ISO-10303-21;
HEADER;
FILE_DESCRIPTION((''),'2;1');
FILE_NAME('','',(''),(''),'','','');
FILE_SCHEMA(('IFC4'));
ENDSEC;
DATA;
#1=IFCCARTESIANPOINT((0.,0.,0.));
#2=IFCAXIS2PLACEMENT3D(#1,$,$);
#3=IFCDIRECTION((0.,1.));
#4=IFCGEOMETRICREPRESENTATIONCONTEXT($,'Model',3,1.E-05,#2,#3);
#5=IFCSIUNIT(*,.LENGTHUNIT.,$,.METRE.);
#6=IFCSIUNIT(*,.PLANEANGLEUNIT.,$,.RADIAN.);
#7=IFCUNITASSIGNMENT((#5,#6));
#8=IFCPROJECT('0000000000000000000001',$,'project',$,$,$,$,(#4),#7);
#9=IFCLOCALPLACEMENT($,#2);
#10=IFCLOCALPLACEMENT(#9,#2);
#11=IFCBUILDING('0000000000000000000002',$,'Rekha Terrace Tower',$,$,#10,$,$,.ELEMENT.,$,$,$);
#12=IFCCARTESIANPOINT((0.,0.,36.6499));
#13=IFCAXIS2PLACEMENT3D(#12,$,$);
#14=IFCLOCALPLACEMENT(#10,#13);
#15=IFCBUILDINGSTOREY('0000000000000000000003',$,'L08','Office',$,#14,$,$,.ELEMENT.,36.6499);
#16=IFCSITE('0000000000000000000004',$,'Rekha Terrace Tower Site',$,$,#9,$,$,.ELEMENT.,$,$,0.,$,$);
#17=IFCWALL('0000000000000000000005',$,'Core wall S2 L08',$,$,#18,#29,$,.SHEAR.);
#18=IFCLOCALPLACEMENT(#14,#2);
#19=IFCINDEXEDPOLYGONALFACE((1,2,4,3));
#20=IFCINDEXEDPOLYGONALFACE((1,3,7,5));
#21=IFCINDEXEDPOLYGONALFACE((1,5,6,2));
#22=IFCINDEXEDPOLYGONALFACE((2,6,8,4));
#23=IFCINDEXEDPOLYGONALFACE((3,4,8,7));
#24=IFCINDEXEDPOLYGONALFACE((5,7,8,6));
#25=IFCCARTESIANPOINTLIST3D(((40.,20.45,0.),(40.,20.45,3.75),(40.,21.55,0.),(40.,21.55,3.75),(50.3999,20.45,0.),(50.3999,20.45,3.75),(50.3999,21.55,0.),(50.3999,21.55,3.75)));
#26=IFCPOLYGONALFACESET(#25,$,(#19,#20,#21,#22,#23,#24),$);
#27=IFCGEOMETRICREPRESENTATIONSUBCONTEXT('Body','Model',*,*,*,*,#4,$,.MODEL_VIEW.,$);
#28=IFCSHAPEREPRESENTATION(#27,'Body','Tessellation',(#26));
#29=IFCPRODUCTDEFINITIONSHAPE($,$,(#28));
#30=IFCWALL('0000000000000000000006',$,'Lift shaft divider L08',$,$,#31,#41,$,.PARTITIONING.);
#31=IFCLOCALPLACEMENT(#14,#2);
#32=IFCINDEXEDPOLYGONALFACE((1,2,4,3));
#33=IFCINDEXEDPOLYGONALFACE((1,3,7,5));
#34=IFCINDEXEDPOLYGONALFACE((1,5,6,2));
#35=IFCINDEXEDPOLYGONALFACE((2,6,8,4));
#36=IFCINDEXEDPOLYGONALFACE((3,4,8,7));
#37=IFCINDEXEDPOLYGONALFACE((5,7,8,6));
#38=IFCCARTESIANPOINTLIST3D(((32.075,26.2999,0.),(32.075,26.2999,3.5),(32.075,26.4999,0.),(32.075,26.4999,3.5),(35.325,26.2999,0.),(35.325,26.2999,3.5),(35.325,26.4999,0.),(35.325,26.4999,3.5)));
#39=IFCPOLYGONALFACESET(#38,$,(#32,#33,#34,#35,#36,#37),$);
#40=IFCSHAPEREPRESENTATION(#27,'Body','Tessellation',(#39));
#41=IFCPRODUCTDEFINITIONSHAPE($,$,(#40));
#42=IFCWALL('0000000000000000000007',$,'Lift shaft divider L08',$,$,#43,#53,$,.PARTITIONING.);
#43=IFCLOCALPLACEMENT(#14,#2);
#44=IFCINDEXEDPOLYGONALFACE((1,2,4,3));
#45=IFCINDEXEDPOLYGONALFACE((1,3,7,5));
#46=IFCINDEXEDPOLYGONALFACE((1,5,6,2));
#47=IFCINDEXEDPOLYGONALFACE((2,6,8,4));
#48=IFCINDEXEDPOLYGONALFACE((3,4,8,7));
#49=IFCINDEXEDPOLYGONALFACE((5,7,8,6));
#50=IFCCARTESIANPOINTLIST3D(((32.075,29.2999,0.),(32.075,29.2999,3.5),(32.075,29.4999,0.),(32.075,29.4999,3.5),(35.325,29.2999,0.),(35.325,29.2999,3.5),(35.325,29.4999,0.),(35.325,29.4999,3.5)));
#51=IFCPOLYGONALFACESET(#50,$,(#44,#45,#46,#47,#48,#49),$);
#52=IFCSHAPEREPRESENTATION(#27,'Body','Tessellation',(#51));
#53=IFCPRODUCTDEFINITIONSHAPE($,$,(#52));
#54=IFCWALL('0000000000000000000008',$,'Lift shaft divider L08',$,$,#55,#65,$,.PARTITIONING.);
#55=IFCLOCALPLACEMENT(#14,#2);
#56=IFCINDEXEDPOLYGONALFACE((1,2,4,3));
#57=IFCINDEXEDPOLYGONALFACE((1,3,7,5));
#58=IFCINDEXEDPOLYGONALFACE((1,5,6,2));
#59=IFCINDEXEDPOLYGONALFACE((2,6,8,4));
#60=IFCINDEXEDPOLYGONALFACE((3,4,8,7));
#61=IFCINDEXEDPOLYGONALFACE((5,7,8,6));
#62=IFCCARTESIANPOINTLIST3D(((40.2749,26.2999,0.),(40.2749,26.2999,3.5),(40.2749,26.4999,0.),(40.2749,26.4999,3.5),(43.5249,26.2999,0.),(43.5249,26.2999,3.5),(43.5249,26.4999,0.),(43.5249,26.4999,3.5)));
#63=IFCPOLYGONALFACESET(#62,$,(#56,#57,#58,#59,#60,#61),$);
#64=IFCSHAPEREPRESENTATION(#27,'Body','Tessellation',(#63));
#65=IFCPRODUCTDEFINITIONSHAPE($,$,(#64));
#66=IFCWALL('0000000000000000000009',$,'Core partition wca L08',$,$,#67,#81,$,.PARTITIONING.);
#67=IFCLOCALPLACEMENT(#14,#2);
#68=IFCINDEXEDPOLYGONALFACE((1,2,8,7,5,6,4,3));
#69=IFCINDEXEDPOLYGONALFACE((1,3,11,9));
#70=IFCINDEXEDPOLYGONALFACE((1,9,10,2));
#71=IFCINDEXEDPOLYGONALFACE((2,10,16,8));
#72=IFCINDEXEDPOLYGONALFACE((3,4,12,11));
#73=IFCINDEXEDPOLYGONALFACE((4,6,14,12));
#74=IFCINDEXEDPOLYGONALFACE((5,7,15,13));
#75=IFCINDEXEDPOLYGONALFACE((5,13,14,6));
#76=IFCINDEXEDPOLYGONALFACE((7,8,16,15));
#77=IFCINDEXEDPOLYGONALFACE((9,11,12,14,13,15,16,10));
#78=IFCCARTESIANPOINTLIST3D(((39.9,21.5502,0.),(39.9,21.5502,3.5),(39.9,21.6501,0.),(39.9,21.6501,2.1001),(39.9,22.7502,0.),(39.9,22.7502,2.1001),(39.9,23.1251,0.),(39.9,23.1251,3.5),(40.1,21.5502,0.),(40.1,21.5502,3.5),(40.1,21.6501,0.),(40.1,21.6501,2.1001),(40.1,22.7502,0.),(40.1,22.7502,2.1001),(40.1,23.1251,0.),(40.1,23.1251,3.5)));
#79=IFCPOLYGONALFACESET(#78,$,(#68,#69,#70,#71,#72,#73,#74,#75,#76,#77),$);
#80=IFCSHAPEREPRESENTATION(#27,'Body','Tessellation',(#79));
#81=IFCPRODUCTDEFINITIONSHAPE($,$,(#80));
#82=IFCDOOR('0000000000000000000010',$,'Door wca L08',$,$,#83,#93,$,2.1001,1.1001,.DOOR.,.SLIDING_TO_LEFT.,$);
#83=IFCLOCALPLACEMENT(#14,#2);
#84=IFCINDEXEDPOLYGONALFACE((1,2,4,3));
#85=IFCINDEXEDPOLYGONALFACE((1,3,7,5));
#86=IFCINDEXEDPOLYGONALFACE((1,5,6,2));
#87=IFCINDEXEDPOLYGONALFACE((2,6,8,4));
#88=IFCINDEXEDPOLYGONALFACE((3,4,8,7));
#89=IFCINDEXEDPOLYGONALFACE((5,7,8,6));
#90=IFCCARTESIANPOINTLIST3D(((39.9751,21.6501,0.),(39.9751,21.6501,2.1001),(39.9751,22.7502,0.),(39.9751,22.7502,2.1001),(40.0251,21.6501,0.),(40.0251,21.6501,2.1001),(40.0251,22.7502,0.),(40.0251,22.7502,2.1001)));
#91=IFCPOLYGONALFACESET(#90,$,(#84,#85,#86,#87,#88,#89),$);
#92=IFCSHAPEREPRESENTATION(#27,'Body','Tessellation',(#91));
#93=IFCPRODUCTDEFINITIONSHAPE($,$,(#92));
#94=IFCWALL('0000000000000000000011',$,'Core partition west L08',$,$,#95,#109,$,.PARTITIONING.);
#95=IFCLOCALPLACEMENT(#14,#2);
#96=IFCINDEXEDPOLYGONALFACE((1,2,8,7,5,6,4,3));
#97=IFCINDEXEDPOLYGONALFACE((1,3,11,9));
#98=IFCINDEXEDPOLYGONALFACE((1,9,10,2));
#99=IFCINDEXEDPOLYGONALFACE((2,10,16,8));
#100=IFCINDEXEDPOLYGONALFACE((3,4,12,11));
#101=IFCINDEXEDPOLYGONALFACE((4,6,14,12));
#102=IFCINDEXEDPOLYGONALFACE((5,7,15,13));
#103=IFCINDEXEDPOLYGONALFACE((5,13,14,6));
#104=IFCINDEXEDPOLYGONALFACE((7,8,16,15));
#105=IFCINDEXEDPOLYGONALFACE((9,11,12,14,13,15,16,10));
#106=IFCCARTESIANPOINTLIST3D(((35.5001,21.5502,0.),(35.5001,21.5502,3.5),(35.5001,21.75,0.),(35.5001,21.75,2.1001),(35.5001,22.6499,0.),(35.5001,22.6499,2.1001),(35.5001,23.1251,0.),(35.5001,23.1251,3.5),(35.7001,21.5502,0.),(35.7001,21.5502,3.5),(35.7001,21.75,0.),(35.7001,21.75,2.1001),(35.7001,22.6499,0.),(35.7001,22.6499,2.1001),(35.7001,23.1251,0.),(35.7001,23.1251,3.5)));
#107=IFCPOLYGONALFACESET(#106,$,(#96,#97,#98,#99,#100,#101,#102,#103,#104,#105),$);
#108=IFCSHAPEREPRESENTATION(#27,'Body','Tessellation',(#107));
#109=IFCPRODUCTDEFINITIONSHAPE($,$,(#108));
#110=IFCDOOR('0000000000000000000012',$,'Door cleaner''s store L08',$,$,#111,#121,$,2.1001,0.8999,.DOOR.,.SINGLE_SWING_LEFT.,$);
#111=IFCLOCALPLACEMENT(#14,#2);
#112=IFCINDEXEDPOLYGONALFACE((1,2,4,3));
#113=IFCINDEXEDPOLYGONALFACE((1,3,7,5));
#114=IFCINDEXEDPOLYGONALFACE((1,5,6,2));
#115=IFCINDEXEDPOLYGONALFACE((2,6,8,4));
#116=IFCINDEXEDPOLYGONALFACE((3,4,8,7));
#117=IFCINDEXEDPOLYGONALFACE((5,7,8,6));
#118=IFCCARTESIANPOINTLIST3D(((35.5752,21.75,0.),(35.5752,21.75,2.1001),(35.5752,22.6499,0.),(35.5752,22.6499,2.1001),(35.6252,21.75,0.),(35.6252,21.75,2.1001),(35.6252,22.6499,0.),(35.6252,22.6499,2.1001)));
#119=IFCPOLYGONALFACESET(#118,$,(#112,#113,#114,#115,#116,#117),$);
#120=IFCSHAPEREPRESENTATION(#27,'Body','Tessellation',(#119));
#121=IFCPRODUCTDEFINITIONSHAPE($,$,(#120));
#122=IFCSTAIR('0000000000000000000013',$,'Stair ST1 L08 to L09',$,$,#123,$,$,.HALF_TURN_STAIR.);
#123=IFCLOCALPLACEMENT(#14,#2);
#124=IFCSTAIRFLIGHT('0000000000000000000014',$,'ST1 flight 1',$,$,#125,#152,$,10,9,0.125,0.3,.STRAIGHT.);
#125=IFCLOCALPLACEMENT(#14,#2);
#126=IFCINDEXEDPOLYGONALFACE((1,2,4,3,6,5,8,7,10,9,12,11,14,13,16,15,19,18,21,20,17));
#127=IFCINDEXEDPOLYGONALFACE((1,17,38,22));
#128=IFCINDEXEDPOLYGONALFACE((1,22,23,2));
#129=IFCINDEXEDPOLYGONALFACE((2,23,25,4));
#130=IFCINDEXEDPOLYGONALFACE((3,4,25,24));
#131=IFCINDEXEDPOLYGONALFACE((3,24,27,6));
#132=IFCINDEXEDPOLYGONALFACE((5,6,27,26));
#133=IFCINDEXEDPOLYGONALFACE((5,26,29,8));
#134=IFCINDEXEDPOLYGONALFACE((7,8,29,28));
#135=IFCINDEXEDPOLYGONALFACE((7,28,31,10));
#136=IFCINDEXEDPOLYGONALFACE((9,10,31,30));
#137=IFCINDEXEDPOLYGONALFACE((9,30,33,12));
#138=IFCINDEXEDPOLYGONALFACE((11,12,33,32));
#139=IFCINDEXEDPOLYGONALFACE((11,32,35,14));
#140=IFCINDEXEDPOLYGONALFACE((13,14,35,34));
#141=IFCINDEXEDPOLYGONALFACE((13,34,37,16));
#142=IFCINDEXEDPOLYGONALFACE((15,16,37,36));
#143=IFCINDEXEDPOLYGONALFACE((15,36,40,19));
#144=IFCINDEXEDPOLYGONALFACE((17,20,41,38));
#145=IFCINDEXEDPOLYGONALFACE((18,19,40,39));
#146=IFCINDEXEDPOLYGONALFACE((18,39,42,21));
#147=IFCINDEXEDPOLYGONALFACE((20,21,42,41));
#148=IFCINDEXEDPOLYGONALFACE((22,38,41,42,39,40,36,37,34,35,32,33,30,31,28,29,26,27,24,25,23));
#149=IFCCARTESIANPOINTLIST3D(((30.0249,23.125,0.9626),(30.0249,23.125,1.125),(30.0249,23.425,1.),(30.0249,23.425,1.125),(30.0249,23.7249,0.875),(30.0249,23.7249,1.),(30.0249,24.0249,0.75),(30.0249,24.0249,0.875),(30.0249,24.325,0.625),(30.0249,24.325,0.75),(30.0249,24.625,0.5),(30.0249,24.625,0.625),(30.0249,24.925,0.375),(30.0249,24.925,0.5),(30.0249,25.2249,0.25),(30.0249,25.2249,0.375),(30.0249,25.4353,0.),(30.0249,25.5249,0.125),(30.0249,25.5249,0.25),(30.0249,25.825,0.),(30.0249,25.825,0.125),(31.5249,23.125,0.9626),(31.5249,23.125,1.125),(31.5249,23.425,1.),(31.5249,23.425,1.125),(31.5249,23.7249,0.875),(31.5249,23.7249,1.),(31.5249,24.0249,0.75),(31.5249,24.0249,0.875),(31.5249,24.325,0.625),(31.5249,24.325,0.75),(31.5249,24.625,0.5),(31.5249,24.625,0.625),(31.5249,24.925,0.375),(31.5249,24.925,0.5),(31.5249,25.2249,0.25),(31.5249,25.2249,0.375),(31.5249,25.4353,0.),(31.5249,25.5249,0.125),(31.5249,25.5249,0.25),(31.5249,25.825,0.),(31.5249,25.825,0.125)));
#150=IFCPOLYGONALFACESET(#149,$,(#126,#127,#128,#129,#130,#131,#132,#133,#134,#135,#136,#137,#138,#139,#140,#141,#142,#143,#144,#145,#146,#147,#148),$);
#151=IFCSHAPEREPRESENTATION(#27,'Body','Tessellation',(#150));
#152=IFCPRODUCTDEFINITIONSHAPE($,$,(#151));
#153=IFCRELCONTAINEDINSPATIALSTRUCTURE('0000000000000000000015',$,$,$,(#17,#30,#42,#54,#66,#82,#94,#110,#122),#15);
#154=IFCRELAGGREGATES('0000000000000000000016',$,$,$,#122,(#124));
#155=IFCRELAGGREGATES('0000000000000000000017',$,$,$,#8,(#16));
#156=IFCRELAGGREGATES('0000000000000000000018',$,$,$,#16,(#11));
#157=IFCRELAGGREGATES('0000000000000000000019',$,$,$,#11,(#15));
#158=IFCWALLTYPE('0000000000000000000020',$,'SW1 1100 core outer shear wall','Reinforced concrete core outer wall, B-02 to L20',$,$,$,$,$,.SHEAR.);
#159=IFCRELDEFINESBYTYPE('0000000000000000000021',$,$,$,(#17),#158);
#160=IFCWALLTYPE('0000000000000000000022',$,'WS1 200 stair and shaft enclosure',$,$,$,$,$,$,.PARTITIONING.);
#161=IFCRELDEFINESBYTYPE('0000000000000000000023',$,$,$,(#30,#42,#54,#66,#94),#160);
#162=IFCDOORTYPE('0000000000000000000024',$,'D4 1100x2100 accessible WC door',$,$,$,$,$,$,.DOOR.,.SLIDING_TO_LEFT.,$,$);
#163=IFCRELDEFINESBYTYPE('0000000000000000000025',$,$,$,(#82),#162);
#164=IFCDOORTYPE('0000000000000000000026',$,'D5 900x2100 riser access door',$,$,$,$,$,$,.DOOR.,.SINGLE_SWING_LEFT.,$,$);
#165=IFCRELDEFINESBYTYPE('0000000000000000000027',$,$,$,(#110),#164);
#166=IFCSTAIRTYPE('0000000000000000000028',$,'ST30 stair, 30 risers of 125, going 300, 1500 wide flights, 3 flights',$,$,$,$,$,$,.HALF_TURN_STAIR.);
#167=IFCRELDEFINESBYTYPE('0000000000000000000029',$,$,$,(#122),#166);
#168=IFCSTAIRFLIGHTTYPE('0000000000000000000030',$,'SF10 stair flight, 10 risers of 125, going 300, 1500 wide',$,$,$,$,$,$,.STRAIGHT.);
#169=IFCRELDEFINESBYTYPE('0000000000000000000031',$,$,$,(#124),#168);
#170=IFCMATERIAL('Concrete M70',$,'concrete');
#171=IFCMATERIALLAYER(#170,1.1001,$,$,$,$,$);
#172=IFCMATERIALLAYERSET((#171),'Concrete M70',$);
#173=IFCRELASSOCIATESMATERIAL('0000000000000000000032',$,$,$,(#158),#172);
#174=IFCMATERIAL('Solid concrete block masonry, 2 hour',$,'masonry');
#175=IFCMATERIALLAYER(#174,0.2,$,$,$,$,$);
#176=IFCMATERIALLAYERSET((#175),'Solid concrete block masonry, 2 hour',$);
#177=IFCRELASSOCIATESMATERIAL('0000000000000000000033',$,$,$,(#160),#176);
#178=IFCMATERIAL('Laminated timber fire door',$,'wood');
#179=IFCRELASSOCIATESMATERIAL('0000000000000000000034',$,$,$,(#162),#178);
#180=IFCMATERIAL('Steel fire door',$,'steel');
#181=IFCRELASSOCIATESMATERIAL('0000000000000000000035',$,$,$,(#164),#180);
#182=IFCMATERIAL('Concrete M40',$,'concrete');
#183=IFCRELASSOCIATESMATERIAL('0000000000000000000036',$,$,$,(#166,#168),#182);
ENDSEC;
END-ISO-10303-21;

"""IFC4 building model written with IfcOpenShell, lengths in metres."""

from ifc_helpers import new_model, si_unit, direction, frame, frame_2d, origin, place, context, subcontext, project, spatial, polyline, rectangle, outline, extrude, material, layer, layer_set, type_object, element, fill, aggregate, save


model = new_model("IFC4")

# Units and contexts
model_context = context("Model", 3, precision=1e-05, world=origin(), true_north=direction((0.0, 1.0)))
body_context = subcontext(model_context, "Body", "Model", "MODEL_VIEW")
ifc_project = project(units=[si_unit("LENGTHUNIT", "METRE"), si_unit("PLANEANGLEUNIT", "RADIAN")], contexts=[model_context])

# Site, building, storey
site_placement = place(None, origin())
site = spatial("IfcSite", under=ifc_project, at=site_placement, Name="Rekha Terrace Tower Site", CompositionType="ELEMENT", RefElevation=0.0)
building_placement = place(site_placement, origin())
building = spatial("IfcBuilding", under=site, at=building_placement, Name="Rekha Terrace Tower", CompositionType="ELEMENT")
storey_placement = place(building_placement, frame((0.0, 0.0, 36.6499)))
storey = spatial("IfcBuildingStorey", under=building, at=storey_placement, Name="L08", Description="Office", CompositionType="ELEMENT", Elevation=36.6499)

# Shared definitions
ifc_material_1 = material(Name="Concrete M70", Category="concrete")

# Walls
ifc_layer_1 = layer(ifc_material_1, 1.1001)
ifc_layer_set_1 = layer_set([ifc_layer_1], Name="Concrete M70")
wall_type_1 = type_object("IfcWallType", Name="SW1 1100 core outer shear wall", Description="Reinforced concrete core outer wall, B-02 to L20", PredefinedType="SHEAR", material=ifc_layer_set_1)
wall_1_placement = place(storey_placement, frame((40.0, 21.0, 0.0), z_axis=(0.0, 0.0, 1.0), x_axis=(1.0, 0.0, 0.0)))
element("IfcWall", 1, at=wall_1_placement, inside=storey, type_object=wall_type_1, Name="Core wall S2 L08", PredefinedType="SHEAR", context=body_context, shape_type="SweptSolid", body=[
    extrude(rectangle(XDim=10.3999, YDim=1.1001, at=frame_2d((5.2, 0.0))), origin(), (0.0, 0.0, 1.0), 3.75),
])
ifc_material_2 = material(Name="Solid concrete block masonry, 2 hour", Category="masonry")
ifc_layer_2 = layer(ifc_material_2, 0.2)
ifc_layer_set_2 = layer_set([ifc_layer_2], Name="Solid concrete block masonry, 2 hour")
wall_type_2 = type_object("IfcWallType", Name="WS1 200 stair and shaft enclosure", PredefinedType="PARTITIONING", material=ifc_layer_set_2)
for number, where, z_axis, x_axis, name in (
    (2, (32.075, 26.3999, 0.0), (0.0, 0.0, 1.0), (1.0, 0.0, 0.0), "Lift shaft divider L08"),
    (3, (32.075, 29.3999, 0.0), (0.0, 0.0, 1.0), (1.0, 0.0, 0.0), "Lift shaft divider L08"),
    (4, (40.2749, 26.3999, 0.0), (0.0, 0.0, 1.0), (1.0, 0.0, 0.0), "Lift shaft divider L08"),
):
    element("IfcWall", number, at=place(storey_placement, frame(where, z_axis=z_axis, x_axis=x_axis)), inside=storey, type_object=wall_type_2, Name=name, PredefinedType="PARTITIONING", context=body_context, shape_type="SweptSolid", body=[
        extrude(rectangle(XDim=3.25, YDim=0.2, at=frame_2d((1.625, 0.0))), origin(), (0.0, 0.0, 1.0), 3.5),
    ])

# Walls, openings, doors
wall_2_placement = place(storey_placement, frame((40.0, 21.55, 0.0), z_axis=(0.0, 0.0, 1.0), x_axis=(0.0, 1.0, 0.0)))
wall_2 = element("IfcWall", 5, at=wall_2_placement, inside=storey, type_object=wall_type_2, Name="Core partition wca L08", PredefinedType="PARTITIONING", context=body_context, shape_type="SweptSolid", body=[
    extrude(rectangle(XDim=1.575, YDim=0.2, at=frame_2d((0.7876, 0.0))), origin(), (0.0, 0.0, 1.0), 3.5),
])
opening_1_placement = place(wall_2_placement, frame((0.1001, 0.0, 0.0)))
opening_1 = element("IfcOpeningElement", 6, at=opening_1_placement, cuts=wall_2, PredefinedType="OPENING", context=body_context, shape_type="SweptSolid", body=[
    extrude(rectangle(XDim=1.1001, YDim=2.1001, at=frame_2d((0.55, 1.05))), frame((0.0, 0.1099, 0.0), z_axis=(0.0, -1.0, 0.0), x_axis=(1.0, 0.0, 0.0)), (0.0, 0.0, 1.0), 0.22),
])
ifc_material_3 = material(Name="Laminated timber fire door", Category="wood")
door_type_1 = type_object("IfcDoorType", Name="D4 1100x2100 accessible WC door", OperationType="SLIDING_TO_LEFT", PredefinedType="DOOR", material=ifc_material_3)
door_1_placement = place(opening_1_placement, origin())
door_1 = element("IfcDoor", 7, at=door_1_placement, inside=storey, type_object=door_type_1, Name="Door wca L08", OperationType="SLIDING_TO_LEFT", OverallHeight=2.1001, OverallWidth=1.1001, PredefinedType="DOOR", context=body_context, shape_type="SweptSolid", body=[
    extrude(rectangle(XDim=1.1001, YDim=2.1001, at=frame_2d((0.55, 1.05))), frame((0.0, 0.0249, 0.0), z_axis=(0.0, -1.0, 0.0), x_axis=(1.0, 0.0, 0.0)), (0.0, 0.0, 1.0), 0.05),
])
fill(opening_1, door_1)
wall_3_placement = place(storey_placement, frame((35.6001, 21.55, 0.0), z_axis=(0.0, 0.0, 1.0), x_axis=(0.0, 1.0, 0.0)))
wall_3 = element("IfcWall", 8, at=wall_3_placement, inside=storey, type_object=wall_type_2, Name="Core partition west L08", PredefinedType="PARTITIONING", context=body_context, shape_type="SweptSolid", body=[
    extrude(rectangle(XDim=1.575, YDim=0.2, at=frame_2d((0.7876, 0.0))), origin(), (0.0, 0.0, 1.0), 3.5),
])
opening_2_placement = place(wall_3_placement, frame((0.2, 0.0, 0.0)))
opening_2 = element("IfcOpeningElement", 9, at=opening_2_placement, cuts=wall_3, PredefinedType="OPENING", context=body_context, shape_type="SweptSolid", body=[
    extrude(rectangle(XDim=0.8999, YDim=2.1001, at=frame_2d((0.45, 1.05))), frame((0.0, 0.1099, 0.0), z_axis=(0.0, -1.0, 0.0), x_axis=(1.0, 0.0, 0.0)), (0.0, 0.0, 1.0), 0.22),
])
ifc_material_4 = material(Name="Steel fire door", Category="steel")
door_type_2 = type_object("IfcDoorType", Name="D5 900x2100 riser access door", OperationType="SINGLE_SWING_LEFT", PredefinedType="DOOR", material=ifc_material_4)
door_2_placement = place(opening_2_placement, origin())
door_2 = element("IfcDoor", 10, at=door_2_placement, inside=storey, type_object=door_type_2, Name="Door cleaner's store L08", OperationType="SINGLE_SWING_LEFT", OverallHeight=2.1001, OverallWidth=0.8999, PredefinedType="DOOR", context=body_context, shape_type="SweptSolid", body=[
    extrude(rectangle(XDim=0.8999, YDim=2.1001, at=frame_2d((0.45, 1.05))), frame((0.0, 0.0249, 0.0), z_axis=(0.0, -1.0, 0.0), x_axis=(1.0, 0.0, 0.0)), (0.0, 0.0, 1.0), 0.05),
])
fill(opening_2, door_2)

# Stair, stair flight
ifc_material_5 = material(Name="Concrete M40", Category="concrete")
stair_type = type_object("IfcStairType", Name="ST30 stair, 30 risers of 125, going 300, 1500 wide flights, 3 flights", PredefinedType="HALF_TURN_STAIR", material=ifc_material_5)
stair_placement = place(storey_placement, origin())
stair = element("IfcStair", 11, at=stair_placement, inside=storey, type_object=stair_type, Name="Stair ST1 L08 to L09", PredefinedType="HALF_TURN_STAIR")
stair_flight_type = type_object("IfcStairFlightType", Name="SF10 stair flight, 10 risers of 125, going 300, 1500 wide", PredefinedType="STRAIGHT", material=ifc_material_5)
stair_flight_placement = place(storey_placement, frame((30.7749, 25.825, 0.0), z_axis=(0.0, 0.0, 1.0), x_axis=(0.0, -1.0, 0.0)))
stair_flight = element("IfcStairFlight", 12, at=stair_flight_placement, type_object=stair_flight_type, Name="ST1 flight 1", NumberOfRisers=10, NumberOfTreads=9, PredefinedType="STRAIGHT", RiserHeight=0.125, TreadLength=0.3, context=body_context, shape_type="SweptSolid", body=[
    extrude(outline(polyline([(0.0, 0.0), (0.0, 0.125), (0.3, 0.125), (0.3, 0.25), (0.6001, 0.25), (0.6001, 0.375), (0.8999, 0.375), (0.8999, 0.5), (1.2, 0.5), (1.2, 0.625), (1.5, 0.625), (1.5, 0.75), (1.8, 0.75), (1.8, 0.875), (2.1001, 0.875), (2.1001, 1.0), (2.3999, 1.0), (2.3999, 1.125), (2.7, 1.125), (2.7, 1.25), (2.7, 0.9626), (0.3896, 0.0), (0.0, 0.0)])), frame((0.0, 0.75, 0.0), z_axis=(0.0, -1.0, 0.0), x_axis=(1.0, 0.0, 0.0)), (0.0, 0.0, 1.0), 1.5),
])
aggregate(stair, [stair_flight])

save(model, "model.ifc")
